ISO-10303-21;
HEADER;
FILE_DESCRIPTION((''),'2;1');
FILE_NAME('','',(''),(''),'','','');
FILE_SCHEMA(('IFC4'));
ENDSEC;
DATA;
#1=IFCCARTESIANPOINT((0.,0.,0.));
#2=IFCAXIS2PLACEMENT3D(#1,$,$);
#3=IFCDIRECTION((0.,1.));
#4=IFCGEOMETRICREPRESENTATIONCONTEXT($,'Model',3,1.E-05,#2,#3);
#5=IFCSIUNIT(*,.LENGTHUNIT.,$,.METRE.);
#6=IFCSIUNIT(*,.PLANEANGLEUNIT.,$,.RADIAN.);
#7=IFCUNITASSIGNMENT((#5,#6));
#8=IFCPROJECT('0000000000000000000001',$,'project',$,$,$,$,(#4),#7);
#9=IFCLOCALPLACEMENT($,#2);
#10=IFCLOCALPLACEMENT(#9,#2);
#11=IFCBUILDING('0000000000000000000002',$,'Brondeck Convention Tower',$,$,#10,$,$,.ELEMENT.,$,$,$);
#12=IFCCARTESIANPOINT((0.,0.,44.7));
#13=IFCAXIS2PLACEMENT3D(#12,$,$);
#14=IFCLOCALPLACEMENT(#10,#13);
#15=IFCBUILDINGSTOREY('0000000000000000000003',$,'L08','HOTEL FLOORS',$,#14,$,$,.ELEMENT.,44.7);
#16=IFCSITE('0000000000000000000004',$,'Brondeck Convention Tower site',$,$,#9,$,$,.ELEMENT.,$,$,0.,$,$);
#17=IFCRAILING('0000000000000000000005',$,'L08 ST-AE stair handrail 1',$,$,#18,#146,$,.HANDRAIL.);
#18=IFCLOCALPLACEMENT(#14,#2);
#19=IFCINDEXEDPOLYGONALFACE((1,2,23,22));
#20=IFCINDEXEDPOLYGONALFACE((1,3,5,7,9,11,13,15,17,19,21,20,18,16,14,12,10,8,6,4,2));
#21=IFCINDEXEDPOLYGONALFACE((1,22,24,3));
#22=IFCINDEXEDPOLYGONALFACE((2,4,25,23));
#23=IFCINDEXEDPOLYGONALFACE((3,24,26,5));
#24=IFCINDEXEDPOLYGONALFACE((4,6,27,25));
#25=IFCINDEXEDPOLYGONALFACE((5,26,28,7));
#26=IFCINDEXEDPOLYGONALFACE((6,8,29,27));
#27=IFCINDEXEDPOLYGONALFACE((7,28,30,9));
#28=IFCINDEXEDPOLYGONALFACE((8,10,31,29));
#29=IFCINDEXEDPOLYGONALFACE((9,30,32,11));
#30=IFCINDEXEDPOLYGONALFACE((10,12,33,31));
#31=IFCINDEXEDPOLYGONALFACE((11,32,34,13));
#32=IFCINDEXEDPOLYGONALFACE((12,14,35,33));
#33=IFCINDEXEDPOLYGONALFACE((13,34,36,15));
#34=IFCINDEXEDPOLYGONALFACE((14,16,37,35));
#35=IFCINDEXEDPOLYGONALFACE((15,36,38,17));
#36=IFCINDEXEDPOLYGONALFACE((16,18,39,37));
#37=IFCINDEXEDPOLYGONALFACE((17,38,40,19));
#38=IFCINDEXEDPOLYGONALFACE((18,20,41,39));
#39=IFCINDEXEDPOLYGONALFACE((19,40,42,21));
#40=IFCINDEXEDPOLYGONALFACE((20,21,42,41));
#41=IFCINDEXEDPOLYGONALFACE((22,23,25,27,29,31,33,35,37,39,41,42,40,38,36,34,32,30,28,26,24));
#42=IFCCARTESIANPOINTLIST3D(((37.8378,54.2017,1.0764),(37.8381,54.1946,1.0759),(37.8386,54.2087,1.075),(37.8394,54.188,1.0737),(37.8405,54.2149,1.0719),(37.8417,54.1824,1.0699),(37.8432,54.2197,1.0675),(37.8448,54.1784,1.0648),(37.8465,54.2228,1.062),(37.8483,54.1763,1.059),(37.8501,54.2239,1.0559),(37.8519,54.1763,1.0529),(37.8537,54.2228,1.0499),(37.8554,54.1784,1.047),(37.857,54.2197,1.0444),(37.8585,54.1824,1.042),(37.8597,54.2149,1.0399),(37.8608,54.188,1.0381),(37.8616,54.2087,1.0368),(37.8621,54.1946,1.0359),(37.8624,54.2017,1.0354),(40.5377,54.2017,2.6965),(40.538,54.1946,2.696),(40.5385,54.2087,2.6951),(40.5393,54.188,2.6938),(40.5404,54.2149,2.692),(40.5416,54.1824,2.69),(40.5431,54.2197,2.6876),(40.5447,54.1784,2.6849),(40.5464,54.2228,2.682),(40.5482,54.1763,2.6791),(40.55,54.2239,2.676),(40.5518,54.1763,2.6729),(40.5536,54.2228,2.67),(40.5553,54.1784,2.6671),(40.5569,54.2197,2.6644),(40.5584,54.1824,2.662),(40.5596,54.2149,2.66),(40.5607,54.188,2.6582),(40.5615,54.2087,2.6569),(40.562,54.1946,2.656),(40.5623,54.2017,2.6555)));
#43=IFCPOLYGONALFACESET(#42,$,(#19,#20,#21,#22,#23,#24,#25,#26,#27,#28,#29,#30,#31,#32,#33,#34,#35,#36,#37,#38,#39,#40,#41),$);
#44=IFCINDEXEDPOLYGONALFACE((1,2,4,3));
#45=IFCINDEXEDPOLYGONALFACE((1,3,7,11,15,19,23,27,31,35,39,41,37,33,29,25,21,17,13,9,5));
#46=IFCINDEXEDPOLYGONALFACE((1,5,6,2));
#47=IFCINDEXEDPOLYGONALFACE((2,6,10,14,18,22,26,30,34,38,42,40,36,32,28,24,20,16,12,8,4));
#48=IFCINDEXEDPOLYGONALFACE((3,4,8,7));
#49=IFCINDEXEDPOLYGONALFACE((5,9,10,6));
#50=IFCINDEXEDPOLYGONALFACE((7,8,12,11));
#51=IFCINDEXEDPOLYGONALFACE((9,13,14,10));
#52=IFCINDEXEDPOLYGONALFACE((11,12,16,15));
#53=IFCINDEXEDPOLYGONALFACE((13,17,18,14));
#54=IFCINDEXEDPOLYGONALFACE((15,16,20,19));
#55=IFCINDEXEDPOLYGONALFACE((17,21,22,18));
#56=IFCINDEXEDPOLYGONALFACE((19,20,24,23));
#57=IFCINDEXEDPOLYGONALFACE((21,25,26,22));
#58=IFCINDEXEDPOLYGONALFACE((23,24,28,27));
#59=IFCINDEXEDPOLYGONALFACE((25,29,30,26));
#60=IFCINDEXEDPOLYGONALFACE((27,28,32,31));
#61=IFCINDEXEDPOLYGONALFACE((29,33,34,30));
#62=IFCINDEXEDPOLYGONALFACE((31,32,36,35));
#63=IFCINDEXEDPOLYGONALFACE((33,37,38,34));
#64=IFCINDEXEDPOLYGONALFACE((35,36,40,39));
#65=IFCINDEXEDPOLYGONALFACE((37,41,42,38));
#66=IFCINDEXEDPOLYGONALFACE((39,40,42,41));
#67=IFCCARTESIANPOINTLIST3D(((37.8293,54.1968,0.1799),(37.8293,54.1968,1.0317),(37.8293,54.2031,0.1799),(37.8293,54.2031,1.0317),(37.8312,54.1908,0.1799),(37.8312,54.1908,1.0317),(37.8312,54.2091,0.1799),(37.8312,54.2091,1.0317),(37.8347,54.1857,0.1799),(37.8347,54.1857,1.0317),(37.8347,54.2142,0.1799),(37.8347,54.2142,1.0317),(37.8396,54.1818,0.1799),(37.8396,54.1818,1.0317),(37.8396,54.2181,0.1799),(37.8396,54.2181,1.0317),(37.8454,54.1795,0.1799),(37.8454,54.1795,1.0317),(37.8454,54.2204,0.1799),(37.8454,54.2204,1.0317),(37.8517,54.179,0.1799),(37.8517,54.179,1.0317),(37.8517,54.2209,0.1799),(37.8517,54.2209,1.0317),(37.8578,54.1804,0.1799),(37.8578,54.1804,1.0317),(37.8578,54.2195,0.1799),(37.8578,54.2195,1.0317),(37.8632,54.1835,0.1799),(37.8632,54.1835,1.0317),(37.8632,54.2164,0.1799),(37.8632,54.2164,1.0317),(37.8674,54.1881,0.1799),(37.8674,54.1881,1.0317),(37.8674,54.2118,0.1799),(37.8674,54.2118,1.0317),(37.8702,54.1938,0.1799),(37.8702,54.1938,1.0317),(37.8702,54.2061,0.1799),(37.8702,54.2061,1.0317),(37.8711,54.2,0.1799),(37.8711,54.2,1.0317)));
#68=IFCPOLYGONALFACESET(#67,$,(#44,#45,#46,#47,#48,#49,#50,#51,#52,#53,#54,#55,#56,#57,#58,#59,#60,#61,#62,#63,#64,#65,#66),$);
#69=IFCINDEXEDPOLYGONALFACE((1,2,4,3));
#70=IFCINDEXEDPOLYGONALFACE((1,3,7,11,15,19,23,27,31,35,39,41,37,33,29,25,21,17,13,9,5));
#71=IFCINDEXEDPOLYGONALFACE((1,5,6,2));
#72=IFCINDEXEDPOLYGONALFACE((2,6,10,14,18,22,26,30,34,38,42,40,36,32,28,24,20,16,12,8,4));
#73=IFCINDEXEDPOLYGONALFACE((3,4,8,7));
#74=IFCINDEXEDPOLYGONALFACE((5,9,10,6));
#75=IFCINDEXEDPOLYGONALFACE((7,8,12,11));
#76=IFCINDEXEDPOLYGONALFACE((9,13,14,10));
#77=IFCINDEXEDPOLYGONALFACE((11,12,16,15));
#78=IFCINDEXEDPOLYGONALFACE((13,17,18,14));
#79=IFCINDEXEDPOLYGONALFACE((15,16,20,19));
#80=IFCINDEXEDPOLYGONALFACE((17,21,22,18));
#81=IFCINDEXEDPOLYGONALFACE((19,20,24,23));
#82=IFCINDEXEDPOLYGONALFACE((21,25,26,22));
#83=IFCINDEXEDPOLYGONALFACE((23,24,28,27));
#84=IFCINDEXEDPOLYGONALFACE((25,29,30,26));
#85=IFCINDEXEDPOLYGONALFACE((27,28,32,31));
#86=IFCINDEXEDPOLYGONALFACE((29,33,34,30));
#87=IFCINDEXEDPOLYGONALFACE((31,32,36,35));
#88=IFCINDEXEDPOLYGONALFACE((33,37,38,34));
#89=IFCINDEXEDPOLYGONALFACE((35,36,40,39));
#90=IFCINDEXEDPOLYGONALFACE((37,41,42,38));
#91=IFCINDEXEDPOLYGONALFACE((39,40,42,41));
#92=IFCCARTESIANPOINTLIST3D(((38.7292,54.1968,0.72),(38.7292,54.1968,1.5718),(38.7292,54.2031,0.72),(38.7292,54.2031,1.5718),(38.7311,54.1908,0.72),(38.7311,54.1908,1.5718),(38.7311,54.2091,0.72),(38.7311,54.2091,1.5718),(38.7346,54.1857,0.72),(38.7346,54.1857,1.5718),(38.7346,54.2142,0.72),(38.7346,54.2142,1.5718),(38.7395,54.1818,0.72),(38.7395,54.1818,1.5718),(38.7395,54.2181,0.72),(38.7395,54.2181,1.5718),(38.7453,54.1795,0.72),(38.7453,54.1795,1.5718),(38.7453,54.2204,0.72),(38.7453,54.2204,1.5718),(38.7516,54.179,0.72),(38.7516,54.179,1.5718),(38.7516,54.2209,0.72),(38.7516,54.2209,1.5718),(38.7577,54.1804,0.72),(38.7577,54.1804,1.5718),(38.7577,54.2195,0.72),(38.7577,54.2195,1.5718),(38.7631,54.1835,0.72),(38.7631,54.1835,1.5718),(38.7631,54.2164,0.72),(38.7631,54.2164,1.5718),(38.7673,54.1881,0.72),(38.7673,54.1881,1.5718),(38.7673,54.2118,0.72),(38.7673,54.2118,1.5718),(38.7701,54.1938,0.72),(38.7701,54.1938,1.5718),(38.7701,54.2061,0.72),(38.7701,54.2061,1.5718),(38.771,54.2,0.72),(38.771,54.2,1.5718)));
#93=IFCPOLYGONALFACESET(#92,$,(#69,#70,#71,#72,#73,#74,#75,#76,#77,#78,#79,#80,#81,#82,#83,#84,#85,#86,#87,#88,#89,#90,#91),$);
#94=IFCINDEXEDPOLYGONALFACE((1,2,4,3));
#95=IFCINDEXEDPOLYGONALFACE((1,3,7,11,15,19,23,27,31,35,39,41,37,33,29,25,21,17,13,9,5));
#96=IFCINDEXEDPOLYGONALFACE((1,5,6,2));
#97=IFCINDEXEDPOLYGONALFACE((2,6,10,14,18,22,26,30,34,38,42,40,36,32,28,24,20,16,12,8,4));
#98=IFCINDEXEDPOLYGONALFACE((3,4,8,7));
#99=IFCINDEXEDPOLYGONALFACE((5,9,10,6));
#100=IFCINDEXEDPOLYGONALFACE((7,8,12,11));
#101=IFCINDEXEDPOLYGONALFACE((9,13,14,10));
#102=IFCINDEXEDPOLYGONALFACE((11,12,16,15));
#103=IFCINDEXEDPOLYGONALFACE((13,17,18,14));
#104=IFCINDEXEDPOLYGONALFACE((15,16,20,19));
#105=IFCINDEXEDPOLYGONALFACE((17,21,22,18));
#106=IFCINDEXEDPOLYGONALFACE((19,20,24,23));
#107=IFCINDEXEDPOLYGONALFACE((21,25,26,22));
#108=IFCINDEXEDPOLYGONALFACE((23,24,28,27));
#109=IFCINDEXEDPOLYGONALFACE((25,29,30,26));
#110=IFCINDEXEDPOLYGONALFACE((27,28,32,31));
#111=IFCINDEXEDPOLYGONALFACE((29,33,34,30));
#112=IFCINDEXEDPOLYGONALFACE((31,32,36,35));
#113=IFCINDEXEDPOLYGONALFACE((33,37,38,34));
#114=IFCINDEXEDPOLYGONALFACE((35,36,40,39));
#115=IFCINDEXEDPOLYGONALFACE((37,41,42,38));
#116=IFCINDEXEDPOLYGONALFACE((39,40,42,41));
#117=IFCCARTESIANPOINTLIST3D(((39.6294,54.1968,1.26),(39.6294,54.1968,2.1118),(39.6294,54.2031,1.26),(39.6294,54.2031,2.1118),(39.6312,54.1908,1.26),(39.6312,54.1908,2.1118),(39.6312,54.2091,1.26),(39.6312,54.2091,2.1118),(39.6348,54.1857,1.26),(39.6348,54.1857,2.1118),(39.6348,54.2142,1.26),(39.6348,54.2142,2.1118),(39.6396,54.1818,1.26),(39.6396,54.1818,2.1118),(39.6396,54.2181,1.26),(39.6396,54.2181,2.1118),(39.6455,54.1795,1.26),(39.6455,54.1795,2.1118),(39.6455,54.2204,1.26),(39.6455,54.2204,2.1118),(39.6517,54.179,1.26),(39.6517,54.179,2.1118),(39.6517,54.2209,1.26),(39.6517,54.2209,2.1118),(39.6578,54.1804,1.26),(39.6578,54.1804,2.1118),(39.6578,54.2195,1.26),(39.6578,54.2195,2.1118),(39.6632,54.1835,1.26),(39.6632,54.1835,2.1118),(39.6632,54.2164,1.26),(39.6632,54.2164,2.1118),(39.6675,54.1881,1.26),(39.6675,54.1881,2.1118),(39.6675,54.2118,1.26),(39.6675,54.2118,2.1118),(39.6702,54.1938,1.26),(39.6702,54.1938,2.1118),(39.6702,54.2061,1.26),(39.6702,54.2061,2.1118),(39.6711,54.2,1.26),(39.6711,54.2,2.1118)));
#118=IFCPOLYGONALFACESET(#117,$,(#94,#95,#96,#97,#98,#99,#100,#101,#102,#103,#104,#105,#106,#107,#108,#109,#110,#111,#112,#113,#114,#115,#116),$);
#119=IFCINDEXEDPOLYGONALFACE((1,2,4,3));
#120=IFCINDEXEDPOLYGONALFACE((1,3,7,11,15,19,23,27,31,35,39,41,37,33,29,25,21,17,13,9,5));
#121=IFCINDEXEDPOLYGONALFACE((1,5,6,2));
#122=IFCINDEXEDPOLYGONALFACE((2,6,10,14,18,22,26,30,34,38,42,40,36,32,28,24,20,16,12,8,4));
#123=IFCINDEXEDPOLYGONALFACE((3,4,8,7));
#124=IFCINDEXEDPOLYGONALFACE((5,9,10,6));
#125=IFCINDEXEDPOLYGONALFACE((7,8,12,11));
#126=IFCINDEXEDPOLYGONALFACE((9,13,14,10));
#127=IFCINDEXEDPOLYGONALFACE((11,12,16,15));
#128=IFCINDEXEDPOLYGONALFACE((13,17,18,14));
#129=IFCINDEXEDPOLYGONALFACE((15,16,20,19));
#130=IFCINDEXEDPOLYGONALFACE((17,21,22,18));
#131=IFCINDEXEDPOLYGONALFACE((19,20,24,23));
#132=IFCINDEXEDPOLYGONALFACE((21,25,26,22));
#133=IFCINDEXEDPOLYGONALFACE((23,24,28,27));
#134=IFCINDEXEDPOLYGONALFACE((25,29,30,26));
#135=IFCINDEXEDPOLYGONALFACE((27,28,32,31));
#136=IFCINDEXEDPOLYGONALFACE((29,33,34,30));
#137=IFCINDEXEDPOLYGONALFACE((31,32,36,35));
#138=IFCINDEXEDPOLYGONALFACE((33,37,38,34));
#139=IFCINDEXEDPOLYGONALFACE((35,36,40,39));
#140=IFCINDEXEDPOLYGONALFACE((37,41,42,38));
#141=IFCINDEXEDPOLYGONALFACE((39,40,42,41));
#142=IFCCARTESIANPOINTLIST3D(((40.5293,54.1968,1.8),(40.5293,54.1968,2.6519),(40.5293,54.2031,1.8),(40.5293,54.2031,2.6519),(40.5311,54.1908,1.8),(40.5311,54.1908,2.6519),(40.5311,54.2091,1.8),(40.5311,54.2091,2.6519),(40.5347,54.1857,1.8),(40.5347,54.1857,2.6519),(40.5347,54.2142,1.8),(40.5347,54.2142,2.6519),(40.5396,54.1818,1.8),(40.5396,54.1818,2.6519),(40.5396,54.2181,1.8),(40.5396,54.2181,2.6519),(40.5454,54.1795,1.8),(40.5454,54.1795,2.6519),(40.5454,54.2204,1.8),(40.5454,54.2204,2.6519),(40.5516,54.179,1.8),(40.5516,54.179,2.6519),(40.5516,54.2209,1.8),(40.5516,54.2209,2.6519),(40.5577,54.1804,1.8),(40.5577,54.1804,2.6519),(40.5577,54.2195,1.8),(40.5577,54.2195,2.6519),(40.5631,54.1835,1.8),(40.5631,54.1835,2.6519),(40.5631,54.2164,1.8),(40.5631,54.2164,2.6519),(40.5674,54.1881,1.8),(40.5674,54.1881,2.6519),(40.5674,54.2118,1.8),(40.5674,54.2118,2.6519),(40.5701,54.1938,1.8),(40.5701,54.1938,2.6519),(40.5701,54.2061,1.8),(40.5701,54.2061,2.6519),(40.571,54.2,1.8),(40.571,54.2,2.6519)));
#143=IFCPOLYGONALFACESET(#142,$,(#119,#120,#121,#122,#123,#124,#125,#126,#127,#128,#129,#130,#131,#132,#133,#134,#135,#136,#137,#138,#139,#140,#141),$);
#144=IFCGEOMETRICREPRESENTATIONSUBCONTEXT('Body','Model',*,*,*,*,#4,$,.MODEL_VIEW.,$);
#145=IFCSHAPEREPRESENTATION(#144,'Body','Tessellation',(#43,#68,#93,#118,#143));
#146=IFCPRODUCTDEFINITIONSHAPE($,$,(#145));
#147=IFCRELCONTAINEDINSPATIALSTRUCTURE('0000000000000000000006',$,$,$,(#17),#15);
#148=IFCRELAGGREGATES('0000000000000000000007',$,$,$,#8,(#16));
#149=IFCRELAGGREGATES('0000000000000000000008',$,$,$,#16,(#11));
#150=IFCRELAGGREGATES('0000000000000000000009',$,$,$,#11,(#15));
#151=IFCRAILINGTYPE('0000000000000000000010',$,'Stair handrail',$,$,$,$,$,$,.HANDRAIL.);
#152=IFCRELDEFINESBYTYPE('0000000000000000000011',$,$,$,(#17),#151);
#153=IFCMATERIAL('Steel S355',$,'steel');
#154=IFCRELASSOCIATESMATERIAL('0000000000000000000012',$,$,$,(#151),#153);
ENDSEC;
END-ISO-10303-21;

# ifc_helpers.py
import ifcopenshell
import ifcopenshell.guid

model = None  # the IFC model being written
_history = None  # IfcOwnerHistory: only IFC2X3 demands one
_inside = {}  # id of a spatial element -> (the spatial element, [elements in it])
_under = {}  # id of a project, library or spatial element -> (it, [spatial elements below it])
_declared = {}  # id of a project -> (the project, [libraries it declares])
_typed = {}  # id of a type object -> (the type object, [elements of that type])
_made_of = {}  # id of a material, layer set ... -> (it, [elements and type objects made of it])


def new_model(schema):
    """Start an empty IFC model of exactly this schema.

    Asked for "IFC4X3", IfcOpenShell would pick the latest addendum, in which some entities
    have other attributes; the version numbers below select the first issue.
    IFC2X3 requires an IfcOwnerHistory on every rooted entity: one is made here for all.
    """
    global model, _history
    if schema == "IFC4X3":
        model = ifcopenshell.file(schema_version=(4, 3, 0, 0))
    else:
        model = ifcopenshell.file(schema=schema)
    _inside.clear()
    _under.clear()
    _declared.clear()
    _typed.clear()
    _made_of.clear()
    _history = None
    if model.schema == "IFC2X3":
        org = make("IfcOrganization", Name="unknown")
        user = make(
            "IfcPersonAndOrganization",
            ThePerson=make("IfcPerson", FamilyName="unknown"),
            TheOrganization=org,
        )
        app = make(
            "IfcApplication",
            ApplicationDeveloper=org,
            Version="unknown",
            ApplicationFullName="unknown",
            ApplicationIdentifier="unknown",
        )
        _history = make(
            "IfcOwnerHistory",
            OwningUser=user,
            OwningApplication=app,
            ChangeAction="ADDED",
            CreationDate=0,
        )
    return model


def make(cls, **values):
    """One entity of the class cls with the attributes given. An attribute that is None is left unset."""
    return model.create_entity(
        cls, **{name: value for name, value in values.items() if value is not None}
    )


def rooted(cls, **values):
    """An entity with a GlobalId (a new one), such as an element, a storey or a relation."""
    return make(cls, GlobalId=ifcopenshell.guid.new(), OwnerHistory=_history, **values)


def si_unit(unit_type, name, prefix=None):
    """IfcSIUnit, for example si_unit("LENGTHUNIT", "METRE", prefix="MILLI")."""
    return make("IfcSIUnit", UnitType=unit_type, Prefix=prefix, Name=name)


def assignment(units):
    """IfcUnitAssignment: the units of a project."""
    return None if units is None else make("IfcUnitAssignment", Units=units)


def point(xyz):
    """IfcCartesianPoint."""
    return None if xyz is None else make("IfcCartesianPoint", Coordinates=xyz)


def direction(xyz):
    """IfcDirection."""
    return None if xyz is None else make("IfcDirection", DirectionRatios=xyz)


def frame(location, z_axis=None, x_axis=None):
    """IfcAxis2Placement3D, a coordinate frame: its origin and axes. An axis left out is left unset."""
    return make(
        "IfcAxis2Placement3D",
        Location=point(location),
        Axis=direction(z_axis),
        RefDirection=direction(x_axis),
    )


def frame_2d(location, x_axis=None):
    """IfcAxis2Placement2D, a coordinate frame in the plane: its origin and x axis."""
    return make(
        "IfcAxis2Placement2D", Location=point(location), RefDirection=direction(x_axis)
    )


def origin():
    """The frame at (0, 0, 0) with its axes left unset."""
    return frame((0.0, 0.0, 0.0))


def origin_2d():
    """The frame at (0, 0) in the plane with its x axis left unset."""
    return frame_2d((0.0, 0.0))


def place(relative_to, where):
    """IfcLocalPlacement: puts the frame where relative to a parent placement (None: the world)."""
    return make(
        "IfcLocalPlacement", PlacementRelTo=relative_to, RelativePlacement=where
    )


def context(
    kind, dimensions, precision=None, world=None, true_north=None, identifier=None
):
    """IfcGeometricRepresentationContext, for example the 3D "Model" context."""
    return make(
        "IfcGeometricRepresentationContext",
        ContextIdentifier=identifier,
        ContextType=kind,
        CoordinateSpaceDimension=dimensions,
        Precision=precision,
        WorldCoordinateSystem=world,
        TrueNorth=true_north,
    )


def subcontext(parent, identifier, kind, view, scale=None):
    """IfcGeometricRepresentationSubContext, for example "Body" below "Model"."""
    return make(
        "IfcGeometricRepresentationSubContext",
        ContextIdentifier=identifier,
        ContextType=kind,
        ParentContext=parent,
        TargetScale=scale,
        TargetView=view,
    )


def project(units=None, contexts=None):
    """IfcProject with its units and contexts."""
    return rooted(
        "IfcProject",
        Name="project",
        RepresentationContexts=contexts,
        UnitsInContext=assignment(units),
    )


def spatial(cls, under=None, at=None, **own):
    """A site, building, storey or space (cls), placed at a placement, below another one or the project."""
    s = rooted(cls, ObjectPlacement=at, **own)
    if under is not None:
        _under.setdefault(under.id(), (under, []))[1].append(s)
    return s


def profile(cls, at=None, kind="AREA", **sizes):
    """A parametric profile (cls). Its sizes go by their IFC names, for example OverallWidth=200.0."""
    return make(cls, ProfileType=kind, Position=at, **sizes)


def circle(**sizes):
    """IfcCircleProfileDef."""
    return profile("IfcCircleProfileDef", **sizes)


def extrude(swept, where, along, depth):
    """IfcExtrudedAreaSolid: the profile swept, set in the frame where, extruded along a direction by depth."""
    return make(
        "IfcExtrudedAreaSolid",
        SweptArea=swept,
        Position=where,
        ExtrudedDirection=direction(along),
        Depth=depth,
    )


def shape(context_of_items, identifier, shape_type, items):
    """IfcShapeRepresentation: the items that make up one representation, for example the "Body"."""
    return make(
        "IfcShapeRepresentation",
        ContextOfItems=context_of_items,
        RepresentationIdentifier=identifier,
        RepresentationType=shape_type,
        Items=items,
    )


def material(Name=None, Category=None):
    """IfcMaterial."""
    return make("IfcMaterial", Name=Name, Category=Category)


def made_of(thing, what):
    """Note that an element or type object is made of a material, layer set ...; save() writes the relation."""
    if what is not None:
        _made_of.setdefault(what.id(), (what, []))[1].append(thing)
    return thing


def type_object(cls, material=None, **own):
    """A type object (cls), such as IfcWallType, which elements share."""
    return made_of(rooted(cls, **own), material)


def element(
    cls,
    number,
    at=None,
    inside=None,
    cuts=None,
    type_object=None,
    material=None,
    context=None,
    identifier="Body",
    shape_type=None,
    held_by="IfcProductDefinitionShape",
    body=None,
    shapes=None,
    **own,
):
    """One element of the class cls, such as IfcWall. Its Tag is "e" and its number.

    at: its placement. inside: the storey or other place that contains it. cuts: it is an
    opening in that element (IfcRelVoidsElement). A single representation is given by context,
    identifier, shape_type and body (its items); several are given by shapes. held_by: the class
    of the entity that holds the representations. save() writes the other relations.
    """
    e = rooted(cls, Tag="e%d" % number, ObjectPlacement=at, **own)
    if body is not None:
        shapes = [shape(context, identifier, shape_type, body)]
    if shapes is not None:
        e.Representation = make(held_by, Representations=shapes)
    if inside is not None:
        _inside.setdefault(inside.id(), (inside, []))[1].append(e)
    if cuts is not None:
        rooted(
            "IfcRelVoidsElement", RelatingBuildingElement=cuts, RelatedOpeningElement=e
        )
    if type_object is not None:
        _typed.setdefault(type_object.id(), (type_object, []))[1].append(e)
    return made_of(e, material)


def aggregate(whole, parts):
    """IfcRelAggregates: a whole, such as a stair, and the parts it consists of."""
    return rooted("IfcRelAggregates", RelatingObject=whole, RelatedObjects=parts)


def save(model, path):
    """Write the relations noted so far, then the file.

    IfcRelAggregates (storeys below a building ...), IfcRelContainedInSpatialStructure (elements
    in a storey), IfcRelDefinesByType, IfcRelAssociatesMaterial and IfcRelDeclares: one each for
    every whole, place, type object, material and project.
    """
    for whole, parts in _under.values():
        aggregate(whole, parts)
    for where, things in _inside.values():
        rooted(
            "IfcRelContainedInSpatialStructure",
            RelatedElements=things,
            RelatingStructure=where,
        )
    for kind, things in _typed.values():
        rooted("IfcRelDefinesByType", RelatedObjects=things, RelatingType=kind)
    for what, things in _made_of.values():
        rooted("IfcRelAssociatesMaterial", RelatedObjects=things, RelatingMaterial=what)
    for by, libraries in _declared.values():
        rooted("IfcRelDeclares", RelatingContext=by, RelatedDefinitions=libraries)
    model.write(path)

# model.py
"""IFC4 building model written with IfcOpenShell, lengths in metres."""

from ifc_helpers import new_model, si_unit, direction, frame, origin, origin_2d, place, context, subcontext, project, spatial, circle, extrude, material, type_object, element, save


model = new_model("IFC4")

# Units and contexts
model_context = context("Model", 3, precision=1e-05, world=origin(), true_north=direction((0.0, 1.0)))
body_context = subcontext(model_context, "Body", "Model", "MODEL_VIEW")
ifc_project = project(units=[si_unit("LENGTHUNIT", "METRE"), si_unit("PLANEANGLEUNIT", "RADIAN")], contexts=[model_context])

# Site, building, storey
site_placement = place(None, origin())
site = spatial("IfcSite", under=ifc_project, at=site_placement, Name="Brondeck Convention Tower site", CompositionType="ELEMENT", RefElevation=0.0)
building_placement = place(site_placement, origin())
building = spatial("IfcBuilding", under=site, at=building_placement, Name="Brondeck Convention Tower", CompositionType="ELEMENT")
storey_placement = place(building_placement, frame((0.0, 0.0, 44.7)))
storey = spatial("IfcBuildingStorey", under=building, at=storey_placement, Name="L08", Description="HOTEL FLOORS", CompositionType="ELEMENT", Elevation=44.7)

# Shared definitions
ifc_material_1 = material(Name="Steel S355", Category="steel")

# Railing
railing_type_1 = type_object("IfcRailingType", Name="Stair handrail", PredefinedType="HANDRAIL", material=ifc_material_1)
railing_1_placement = place(storey_placement, frame((37.8501, 54.2, 0.1799)))
element("IfcRailing", 1, at=railing_1_placement, inside=storey, type_object=railing_type_1, Name="L08 ST-AE stair handrail 1", PredefinedType="HANDRAIL", context=body_context, shape_type="SweptSolid", body=[
    extrude(circle(Radius=0.0239, at=origin_2d()), frame((0.0, 0.0, 0.876), z_axis=(0.857472, 0.0, 0.51453), x_axis=(0.0, 1.0, 0.0)), (0.0, 0.0, 1.0), 3.1487),
    extrude(circle(Radius=0.021, at=origin_2d()), origin(), (0.0, 0.0, 1.0), 0.8518),
    extrude(circle(Radius=0.021, at=origin_2d()), frame((0.8999, 0.0, 0.54)), (0.0, 0.0, 1.0), 0.8518),
    extrude(circle(Radius=0.021, at=origin_2d()), frame((1.8, 0.0, 1.0801)), (0.0, 0.0, 1.0), 0.8518),
    extrude(circle(Radius=0.021, at=origin_2d()), frame((2.7, 0.0, 1.6201)), (0.0, 0.0, 1.0), 0.8518),
])

save(model, "model.ifc")
